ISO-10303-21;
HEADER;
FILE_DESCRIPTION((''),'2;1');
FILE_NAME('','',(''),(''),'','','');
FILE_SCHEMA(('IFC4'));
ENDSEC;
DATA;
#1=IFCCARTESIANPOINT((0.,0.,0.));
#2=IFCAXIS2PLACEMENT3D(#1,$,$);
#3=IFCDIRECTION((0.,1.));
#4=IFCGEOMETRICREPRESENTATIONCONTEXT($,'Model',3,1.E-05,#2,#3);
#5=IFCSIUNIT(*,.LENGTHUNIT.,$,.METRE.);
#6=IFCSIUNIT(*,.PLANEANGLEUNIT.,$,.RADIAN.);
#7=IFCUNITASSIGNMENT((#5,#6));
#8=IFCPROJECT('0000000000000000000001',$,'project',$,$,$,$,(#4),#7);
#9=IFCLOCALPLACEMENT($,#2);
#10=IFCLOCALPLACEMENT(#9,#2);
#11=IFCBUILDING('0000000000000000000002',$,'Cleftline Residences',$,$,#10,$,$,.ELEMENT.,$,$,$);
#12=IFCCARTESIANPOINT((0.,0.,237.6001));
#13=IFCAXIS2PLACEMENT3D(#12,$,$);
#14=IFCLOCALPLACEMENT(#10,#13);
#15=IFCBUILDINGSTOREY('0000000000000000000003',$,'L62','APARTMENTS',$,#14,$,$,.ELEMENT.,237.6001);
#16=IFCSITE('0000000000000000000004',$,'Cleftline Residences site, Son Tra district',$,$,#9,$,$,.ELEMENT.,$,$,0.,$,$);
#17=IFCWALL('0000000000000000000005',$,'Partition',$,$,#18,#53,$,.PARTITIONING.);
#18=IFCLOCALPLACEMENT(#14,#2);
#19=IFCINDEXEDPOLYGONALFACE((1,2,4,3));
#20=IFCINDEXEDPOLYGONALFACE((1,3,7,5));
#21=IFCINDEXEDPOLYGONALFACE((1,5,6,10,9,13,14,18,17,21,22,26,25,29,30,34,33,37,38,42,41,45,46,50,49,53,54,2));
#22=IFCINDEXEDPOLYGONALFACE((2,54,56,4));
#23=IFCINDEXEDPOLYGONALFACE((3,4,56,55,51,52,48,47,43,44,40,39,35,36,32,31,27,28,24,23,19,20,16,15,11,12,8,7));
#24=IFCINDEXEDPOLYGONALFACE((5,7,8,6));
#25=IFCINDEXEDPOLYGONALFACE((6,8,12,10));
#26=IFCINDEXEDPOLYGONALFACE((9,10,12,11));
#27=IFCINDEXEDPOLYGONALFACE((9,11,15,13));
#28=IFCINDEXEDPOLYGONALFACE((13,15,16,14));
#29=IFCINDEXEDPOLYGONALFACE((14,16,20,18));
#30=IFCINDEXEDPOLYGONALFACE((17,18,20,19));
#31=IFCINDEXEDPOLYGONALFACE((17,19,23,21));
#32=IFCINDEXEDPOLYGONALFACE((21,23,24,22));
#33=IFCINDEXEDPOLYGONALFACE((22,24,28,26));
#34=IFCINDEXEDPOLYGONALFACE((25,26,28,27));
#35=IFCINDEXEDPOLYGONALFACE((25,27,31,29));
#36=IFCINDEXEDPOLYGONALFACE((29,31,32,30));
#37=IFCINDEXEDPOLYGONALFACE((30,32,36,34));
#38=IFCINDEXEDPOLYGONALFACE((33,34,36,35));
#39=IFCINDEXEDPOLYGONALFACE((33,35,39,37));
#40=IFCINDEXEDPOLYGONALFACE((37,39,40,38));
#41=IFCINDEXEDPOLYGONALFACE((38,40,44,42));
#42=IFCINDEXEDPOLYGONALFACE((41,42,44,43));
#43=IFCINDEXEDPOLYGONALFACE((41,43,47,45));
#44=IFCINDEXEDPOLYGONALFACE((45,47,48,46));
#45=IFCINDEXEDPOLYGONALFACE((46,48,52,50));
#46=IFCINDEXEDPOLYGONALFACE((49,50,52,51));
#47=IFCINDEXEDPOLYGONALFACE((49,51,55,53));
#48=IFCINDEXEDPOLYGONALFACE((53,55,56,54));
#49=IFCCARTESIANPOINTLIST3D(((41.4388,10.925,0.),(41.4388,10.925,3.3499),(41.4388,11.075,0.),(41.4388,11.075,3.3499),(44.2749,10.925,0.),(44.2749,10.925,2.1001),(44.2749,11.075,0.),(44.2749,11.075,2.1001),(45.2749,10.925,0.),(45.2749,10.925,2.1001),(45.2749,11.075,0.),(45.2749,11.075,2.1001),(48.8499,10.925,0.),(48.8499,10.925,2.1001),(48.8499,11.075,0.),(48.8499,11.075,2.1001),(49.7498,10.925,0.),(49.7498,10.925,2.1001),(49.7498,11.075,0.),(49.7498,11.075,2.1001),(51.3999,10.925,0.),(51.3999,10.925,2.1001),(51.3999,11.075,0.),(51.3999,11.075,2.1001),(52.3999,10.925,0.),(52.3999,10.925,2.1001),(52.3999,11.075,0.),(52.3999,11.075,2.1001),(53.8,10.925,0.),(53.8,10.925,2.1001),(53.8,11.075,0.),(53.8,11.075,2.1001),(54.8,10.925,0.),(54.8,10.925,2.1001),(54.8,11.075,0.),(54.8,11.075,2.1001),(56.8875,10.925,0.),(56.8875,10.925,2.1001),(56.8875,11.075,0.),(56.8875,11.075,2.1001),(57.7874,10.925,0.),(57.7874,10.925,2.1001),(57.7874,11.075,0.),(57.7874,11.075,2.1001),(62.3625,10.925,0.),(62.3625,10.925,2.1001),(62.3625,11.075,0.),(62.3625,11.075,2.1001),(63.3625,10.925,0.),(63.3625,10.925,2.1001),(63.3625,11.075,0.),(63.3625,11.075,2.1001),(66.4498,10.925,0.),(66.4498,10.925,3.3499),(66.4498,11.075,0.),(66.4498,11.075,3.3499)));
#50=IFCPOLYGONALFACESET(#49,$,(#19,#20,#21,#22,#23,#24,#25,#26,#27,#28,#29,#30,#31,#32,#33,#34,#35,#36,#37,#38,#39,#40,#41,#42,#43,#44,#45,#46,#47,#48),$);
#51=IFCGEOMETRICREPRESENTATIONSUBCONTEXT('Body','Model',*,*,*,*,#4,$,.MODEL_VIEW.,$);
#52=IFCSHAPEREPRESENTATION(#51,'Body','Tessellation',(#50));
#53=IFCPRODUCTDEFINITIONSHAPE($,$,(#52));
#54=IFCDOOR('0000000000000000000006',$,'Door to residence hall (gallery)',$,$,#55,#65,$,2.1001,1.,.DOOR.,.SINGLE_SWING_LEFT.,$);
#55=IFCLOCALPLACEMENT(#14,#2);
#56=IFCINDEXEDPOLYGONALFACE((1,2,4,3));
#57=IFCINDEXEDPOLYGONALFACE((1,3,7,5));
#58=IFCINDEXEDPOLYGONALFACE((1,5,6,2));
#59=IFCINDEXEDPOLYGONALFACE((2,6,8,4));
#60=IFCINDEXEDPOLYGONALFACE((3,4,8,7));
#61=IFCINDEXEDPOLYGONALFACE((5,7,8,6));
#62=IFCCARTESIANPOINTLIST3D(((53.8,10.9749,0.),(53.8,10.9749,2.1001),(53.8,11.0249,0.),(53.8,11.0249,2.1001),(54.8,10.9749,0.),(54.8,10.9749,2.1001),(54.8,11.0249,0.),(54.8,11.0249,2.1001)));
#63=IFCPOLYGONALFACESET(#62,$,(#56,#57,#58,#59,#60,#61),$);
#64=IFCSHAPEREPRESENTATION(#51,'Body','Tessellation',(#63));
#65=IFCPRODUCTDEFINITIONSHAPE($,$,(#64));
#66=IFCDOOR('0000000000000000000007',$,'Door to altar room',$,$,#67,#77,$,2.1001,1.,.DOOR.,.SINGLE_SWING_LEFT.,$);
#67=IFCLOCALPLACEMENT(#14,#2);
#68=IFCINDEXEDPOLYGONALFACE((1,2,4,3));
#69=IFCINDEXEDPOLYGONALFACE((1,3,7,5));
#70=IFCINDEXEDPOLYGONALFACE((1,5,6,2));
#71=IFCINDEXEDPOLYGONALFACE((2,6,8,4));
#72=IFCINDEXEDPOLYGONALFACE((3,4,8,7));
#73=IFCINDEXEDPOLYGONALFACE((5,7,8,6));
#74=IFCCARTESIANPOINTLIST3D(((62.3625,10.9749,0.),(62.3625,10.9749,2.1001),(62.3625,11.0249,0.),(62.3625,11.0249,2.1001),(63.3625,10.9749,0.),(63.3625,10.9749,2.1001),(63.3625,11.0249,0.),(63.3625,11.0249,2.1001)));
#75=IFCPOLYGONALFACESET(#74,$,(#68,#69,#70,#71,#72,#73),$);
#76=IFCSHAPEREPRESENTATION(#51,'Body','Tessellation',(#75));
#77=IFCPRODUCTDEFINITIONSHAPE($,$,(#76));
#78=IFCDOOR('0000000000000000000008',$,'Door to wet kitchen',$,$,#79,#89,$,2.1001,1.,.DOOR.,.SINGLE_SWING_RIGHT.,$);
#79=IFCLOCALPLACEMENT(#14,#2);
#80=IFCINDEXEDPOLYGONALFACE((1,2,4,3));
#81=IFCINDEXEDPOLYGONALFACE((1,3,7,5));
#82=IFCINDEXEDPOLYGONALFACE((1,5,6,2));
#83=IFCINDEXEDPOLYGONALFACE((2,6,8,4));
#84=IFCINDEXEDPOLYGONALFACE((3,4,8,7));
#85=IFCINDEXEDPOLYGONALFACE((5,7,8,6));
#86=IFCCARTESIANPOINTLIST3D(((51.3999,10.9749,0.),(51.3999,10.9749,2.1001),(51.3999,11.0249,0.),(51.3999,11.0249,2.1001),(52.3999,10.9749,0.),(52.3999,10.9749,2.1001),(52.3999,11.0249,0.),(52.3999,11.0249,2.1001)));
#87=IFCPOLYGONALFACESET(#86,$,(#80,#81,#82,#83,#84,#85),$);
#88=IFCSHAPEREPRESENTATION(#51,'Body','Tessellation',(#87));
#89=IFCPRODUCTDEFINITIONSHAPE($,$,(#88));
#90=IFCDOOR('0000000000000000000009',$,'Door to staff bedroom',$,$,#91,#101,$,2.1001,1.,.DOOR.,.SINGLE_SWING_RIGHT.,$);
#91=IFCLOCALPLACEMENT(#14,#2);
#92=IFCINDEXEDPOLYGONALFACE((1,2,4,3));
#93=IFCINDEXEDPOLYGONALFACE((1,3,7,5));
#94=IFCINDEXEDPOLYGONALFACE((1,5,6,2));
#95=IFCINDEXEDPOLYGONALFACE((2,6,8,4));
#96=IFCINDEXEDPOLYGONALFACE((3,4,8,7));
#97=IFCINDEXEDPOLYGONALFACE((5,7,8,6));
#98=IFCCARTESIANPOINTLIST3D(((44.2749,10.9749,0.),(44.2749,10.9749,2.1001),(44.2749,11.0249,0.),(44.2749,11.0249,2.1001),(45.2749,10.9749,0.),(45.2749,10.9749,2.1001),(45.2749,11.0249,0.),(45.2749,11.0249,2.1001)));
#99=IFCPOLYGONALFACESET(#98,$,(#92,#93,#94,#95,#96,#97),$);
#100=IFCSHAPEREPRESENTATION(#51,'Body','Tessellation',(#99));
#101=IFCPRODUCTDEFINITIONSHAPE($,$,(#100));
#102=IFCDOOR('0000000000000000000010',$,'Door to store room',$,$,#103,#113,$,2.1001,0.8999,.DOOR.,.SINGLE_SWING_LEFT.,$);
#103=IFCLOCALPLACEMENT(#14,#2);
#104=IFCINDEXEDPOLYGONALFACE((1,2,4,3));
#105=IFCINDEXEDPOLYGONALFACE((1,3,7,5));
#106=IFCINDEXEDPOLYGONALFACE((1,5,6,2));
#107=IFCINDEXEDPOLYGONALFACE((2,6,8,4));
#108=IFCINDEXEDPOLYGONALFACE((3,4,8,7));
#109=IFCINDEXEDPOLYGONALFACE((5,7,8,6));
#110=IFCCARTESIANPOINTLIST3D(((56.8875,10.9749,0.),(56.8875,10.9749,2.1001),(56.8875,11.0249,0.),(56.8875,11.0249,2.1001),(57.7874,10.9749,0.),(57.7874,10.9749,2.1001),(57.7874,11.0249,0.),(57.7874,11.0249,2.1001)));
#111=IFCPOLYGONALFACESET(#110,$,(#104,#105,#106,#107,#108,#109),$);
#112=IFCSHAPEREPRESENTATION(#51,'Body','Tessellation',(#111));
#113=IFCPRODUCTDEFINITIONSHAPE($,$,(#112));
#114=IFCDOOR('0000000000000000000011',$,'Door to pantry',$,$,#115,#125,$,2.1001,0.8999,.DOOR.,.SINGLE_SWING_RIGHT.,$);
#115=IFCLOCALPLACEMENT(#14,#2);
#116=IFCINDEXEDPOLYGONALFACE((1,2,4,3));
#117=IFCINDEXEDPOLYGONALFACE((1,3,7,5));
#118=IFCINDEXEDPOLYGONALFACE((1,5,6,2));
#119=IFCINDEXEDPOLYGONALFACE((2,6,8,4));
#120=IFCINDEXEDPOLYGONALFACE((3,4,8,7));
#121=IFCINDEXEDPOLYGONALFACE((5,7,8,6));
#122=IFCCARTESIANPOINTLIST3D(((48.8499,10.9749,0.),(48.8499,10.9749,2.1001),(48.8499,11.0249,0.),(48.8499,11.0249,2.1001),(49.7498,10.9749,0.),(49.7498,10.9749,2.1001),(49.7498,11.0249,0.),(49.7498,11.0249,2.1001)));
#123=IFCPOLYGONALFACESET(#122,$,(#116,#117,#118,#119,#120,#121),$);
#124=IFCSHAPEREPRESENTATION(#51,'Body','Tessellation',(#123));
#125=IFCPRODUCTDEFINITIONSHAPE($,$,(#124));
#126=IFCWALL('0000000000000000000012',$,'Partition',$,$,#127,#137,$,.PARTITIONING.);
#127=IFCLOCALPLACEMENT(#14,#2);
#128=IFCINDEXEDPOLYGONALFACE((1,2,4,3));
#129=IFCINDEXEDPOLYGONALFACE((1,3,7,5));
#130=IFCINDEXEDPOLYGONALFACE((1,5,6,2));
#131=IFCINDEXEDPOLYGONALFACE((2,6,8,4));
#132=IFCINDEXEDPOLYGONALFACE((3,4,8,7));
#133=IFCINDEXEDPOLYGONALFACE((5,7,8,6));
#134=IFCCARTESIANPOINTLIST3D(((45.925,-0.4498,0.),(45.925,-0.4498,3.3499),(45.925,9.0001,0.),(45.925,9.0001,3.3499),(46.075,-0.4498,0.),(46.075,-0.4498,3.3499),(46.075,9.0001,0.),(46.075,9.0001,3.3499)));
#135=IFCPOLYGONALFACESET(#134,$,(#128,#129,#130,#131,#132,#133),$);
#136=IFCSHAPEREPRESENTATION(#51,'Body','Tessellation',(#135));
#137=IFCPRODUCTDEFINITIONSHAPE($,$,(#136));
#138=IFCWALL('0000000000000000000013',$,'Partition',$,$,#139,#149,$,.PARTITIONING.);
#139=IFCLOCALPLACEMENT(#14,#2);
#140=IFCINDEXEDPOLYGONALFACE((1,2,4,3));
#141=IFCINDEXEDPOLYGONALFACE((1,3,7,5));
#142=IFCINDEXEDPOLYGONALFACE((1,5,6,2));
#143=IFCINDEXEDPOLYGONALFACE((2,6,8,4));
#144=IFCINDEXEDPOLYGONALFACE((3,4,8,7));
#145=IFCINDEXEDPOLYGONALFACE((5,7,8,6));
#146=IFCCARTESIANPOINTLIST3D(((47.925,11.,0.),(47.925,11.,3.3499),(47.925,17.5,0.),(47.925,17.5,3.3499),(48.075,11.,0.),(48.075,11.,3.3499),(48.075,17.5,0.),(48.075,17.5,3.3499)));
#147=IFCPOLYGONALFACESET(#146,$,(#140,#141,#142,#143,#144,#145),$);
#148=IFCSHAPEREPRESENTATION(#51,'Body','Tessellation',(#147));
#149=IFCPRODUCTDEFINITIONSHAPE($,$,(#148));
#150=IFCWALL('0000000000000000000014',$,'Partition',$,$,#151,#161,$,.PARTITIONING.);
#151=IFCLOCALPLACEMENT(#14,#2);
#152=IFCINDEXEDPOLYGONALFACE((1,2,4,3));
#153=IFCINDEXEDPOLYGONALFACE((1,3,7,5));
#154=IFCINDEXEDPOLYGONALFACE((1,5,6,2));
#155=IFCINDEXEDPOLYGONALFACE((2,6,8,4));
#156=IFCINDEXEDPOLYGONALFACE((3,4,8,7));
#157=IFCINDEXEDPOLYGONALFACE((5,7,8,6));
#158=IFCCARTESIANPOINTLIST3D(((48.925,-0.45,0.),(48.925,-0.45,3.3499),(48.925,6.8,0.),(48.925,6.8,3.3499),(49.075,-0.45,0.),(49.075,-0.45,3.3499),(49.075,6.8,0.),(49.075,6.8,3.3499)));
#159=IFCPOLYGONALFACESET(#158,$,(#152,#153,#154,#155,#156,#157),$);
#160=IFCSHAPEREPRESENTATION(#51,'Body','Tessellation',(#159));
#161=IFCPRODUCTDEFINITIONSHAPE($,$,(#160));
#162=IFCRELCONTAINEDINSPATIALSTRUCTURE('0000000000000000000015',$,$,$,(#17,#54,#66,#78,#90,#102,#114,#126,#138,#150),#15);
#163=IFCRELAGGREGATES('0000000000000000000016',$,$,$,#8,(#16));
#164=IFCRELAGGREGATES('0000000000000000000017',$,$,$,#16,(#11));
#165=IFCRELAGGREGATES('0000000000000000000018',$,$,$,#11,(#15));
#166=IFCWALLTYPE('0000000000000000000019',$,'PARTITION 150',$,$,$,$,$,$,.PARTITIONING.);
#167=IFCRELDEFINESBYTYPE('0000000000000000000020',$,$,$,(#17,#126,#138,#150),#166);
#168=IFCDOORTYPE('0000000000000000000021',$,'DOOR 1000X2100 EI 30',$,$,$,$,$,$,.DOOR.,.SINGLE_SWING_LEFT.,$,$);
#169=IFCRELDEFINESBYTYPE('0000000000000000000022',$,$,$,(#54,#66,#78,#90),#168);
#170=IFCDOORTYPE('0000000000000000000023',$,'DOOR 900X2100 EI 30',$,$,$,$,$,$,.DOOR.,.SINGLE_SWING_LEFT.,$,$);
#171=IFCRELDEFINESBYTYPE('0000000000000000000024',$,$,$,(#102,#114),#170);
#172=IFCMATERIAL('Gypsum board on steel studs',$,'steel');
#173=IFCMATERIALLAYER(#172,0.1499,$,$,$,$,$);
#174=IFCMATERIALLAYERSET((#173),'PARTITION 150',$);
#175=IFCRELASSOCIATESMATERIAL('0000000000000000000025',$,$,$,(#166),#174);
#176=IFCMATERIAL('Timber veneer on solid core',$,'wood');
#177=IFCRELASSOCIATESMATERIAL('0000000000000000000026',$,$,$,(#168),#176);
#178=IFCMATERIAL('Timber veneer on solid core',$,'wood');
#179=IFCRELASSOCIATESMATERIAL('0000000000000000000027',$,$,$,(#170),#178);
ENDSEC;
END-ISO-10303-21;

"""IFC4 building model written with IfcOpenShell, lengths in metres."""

from ifc_helpers import new_model, si_unit, direction, frame, frame_2d, origin, place, context, subcontext, project, spatial, rectangle, extrude, material, layer, layer_set, type_object, element, fill, save


model = new_model("IFC4")

# Units and contexts
model_context = context("Model", 3, precision=1e-05, world=origin(), true_north=direction((0.0, 1.0)))
body_context = subcontext(model_context, "Body", "Model", "MODEL_VIEW")
ifc_project = project(units=[si_unit("LENGTHUNIT", "METRE"), si_unit("PLANEANGLEUNIT", "RADIAN")], contexts=[model_context])

# Site, building, storey
site_placement = place(None, origin())
site = spatial("IfcSite", under=ifc_project, at=site_placement, Name="Cleftline Residences site, Son Tra district", CompositionType="ELEMENT", RefElevation=0.0)
building_placement = place(site_placement, origin())
building = spatial("IfcBuilding", under=site, at=building_placement, Name="Cleftline Residences", CompositionType="ELEMENT")
storey_placement = place(building_placement, frame((0.0, 0.0, 237.6001)))
storey = spatial("IfcBuildingStorey", under=building, at=storey_placement, Name="L62", Description="APARTMENTS", CompositionType="ELEMENT", Elevation=237.6001)

# Wall, openings, doors
ifc_material_1 = material(Name="Gypsum board on steel studs", Category="steel")
ifc_layer_1 = layer(ifc_material_1, 0.1499)
ifc_layer_set_1 = layer_set([ifc_layer_1], Name="PARTITION 150")
wall_type_1 = type_object("IfcWallType", Name="PARTITION 150", PredefinedType="PARTITIONING", material=ifc_layer_set_1)
wall_1_placement = place(storey_placement, frame((41.439, 11.0, 0.0), z_axis=(0.0, 0.0, 1.0), x_axis=(1.0, 0.0, 0.0)))
wall_1 = element("IfcWall", 1, at=wall_1_placement, inside=storey, type_object=wall_type_1, Name="Partition", PredefinedType="PARTITIONING", context=body_context, shape_type="SweptSolid", body=[
    extrude(rectangle(XDim=25.011, YDim=0.1499, at=frame_2d((12.5054, 0.0))), origin(), (0.0, 0.0, 1.0), 3.3499),
])
opening_1_placement = place(wall_1_placement, frame((12.3611, 0.0, 0.0)))
opening_1 = element("IfcOpeningElement", 2, at=opening_1_placement, cuts=wall_1, PredefinedType="OPENING", context=body_context, shape_type="SweptSolid", body=[
    extrude(rectangle(XDim=1.0, YDim=2.1001, at=frame_2d((0.5, 1.05))), frame((0.0, 0.085, 0.0), z_axis=(0.0, -1.0, 0.0), x_axis=(1.0, 0.0, 0.0)), (0.0, 0.0, 1.0), 0.1699),
])
opening_2_placement = place(wall_1_placement, frame((20.9236, 0.0, 0.0)))
opening_2 = element("IfcOpeningElement", 3, at=opening_2_placement, cuts=wall_1, PredefinedType="OPENING", context=body_context, shape_type="SweptSolid", body=[
    extrude(rectangle(XDim=1.0, YDim=2.1001, at=frame_2d((0.5, 1.05))), frame((0.0, 0.085, 0.0), z_axis=(0.0, -1.0, 0.0), x_axis=(1.0, 0.0, 0.0)), (0.0, 0.0, 1.0), 0.1699),
])
opening_3_placement = place(wall_1_placement, frame((15.4485, 0.0, 0.0)))
opening_3 = element("IfcOpeningElement", 4, at=opening_3_placement, cuts=wall_1, PredefinedType="OPENING", context=body_context, shape_type="SweptSolid", body=[
    extrude(rectangle(XDim=0.8999, YDim=2.1001, at=frame_2d((0.45, 1.05))), frame((0.0, 0.085, 0.0), z_axis=(0.0, -1.0, 0.0), x_axis=(1.0, 0.0, 0.0)), (0.0, 0.0, 1.0), 0.1699),
])
opening_4_placement = place(wall_1_placement, frame((9.9609, 0.0, 0.0)))
opening_4 = element("IfcOpeningElement", 5, at=opening_4_placement, cuts=wall_1, PredefinedType="OPENING", context=body_context, shape_type="SweptSolid", body=[
    extrude(rectangle(XDim=1.0, YDim=2.1001, at=frame_2d((0.5, 1.05))), frame((0.0, 0.085, 0.0), z_axis=(0.0, -1.0, 0.0), x_axis=(1.0, 0.0, 0.0)), (0.0, 0.0, 1.0), 0.1699),
])
opening_5_placement = place(wall_1_placement, frame((7.4109, 0.0, 0.0)))
opening_5 = element("IfcOpeningElement", 6, at=opening_5_placement, cuts=wall_1, PredefinedType="OPENING", context=body_context, shape_type="SweptSolid", body=[
    extrude(rectangle(XDim=0.8999, YDim=2.1001, at=frame_2d((0.45, 1.05))), frame((0.0, 0.085, 0.0), z_axis=(0.0, -1.0, 0.0), x_axis=(1.0, 0.0, 0.0)), (0.0, 0.0, 1.0), 0.1699),
])
opening_6_placement = place(wall_1_placement, frame((2.8359, 0.0, 0.0)))
opening_6 = element("IfcOpeningElement", 7, at=opening_6_placement, cuts=wall_1, PredefinedType="OPENING", context=body_context, shape_type="SweptSolid", body=[
    extrude(rectangle(XDim=1.0, YDim=2.1001, at=frame_2d((0.5, 1.05))), frame((0.0, 0.085, 0.0), z_axis=(0.0, -1.0, 0.0), x_axis=(1.0, 0.0, 0.0)), (0.0, 0.0, 1.0), 0.1699),
])
ifc_material_2 = material(Name="Timber veneer on solid core", Category="wood")
door_type_1 = type_object("IfcDoorType", Name="DOOR 1000X2100 EI 30", OperationType="SINGLE_SWING_LEFT", PredefinedType="DOOR", material=ifc_material_2)
door_1_placement = place(opening_1_placement, origin())
door_1 = element("IfcDoor", 8, at=door_1_placement, inside=storey, type_object=door_type_1, Name="Door to residence hall (gallery)", OperationType="SINGLE_SWING_LEFT", OverallHeight=2.1001, OverallWidth=1.0, PredefinedType="DOOR", context=body_context, shape_type="SweptSolid", body=[
    extrude(rectangle(XDim=1.0, YDim=2.1001, at=frame_2d((0.5, 1.05))), frame((0.0, 0.0249, 0.0), z_axis=(0.0, -1.0, 0.0), x_axis=(1.0, 0.0, 0.0)), (0.0, 0.0, 1.0), 0.05),
])
fill(opening_1, door_1)
door_2_placement = place(opening_2_placement, origin())
door_2 = element("IfcDoor", 9, at=door_2_placement, inside=storey, type_object=door_type_1, Name="Door to altar room", OperationType="SINGLE_SWING_LEFT", OverallHeight=2.1001, OverallWidth=1.0, PredefinedType="DOOR", context=body_context, shape_type="SweptSolid", body=[
    extrude(rectangle(XDim=1.0, YDim=2.1001, at=frame_2d((0.5, 1.05))), frame((0.0, 0.0249, 0.0), z_axis=(0.0, -1.0, 0.0), x_axis=(1.0, 0.0, 0.0)), (0.0, 0.0, 1.0), 0.05),
])
fill(opening_2, door_2)
door_3_placement = place(opening_4_placement, origin())
door_3 = element("IfcDoor", 10, at=door_3_placement, inside=storey, type_object=door_type_1, Name="Door to wet kitchen", OperationType="SINGLE_SWING_RIGHT", OverallHeight=2.1001, OverallWidth=1.0, PredefinedType="DOOR", context=body_context, shape_type="SweptSolid", body=[
    extrude(rectangle(XDim=1.0, YDim=2.1001, at=frame_2d((0.5, 1.05))), frame((0.0, 0.0249, 0.0), z_axis=(0.0, -1.0, 0.0), x_axis=(1.0, 0.0, 0.0)), (0.0, 0.0, 1.0), 0.05),
])
fill(opening_4, door_3)
door_4_placement = place(opening_6_placement, origin())
door_4 = element("IfcDoor", 11, at=door_4_placement, inside=storey, type_object=door_type_1, Name="Door to staff bedroom", OperationType="SINGLE_SWING_RIGHT", OverallHeight=2.1001, OverallWidth=1.0, PredefinedType="DOOR", context=body_context, shape_type="SweptSolid", body=[
    extrude(rectangle(XDim=1.0, YDim=2.1001, at=frame_2d((0.5, 1.05))), frame((0.0, 0.0249, 0.0), z_axis=(0.0, -1.0, 0.0), x_axis=(1.0, 0.0, 0.0)), (0.0, 0.0, 1.0), 0.05),
])
fill(opening_6, door_4)
ifc_material_3 = material(Name="Timber veneer on solid core", Category="wood")
door_type_2 = type_object("IfcDoorType", Name="DOOR 900X2100 EI 30", OperationType="SINGLE_SWING_LEFT", PredefinedType="DOOR", material=ifc_material_3)
door_5_placement = place(opening_3_placement, origin())
door_5 = element("IfcDoor", 12, at=door_5_placement, inside=storey, type_object=door_type_2, Name="Door to store room", OperationType="SINGLE_SWING_LEFT", OverallHeight=2.1001, OverallWidth=0.8999, PredefinedType="DOOR", context=body_context, shape_type="SweptSolid", body=[
    extrude(rectangle(XDim=0.8999, YDim=2.1001, at=frame_2d((0.45, 1.05))), frame((0.0, 0.0249, 0.0), z_axis=(0.0, -1.0, 0.0), x_axis=(1.0, 0.0, 0.0)), (0.0, 0.0, 1.0), 0.05),
])
fill(opening_3, door_5)
door_6_placement = place(opening_5_placement, origin())
door_6 = element("IfcDoor", 13, at=door_6_placement, inside=storey, type_object=door_type_2, Name="Door to pantry", OperationType="SINGLE_SWING_RIGHT", OverallHeight=2.1001, OverallWidth=0.8999, PredefinedType="DOOR", context=body_context, shape_type="SweptSolid", body=[
    extrude(rectangle(XDim=0.8999, YDim=2.1001, at=frame_2d((0.45, 1.05))), frame((0.0, 0.0249, 0.0), z_axis=(0.0, -1.0, 0.0), x_axis=(1.0, 0.0, 0.0)), (0.0, 0.0, 1.0), 0.05),
])
fill(opening_5, door_6)

# Walls
wall_2_placement = place(storey_placement, frame((46.0, -0.45, 0.0), z_axis=(0.0, 0.0, 1.0), x_axis=(0.0, 1.0, 0.0)))
element("IfcWall", 14, at=wall_2_placement, inside=storey, type_object=wall_type_1, Name="Partition", PredefinedType="PARTITIONING", context=body_context, shape_type="SweptSolid", body=[
    extrude(rectangle(XDim=9.45, YDim=0.1499, at=frame_2d((4.7251, 0.0))), origin(), (0.0, 0.0, 1.0), 3.3499),
])
wall_3_placement = place(storey_placement, frame((48.0, 11.0, 0.0), z_axis=(0.0, 0.0, 1.0), x_axis=(0.0, 1.0, 0.0)))
element("IfcWall", 15, at=wall_3_placement, inside=storey, type_object=wall_type_1, Name="Partition", PredefinedType="PARTITIONING", context=body_context, shape_type="SweptSolid", body=[
    extrude(rectangle(XDim=6.5, YDim=0.1499, at=frame_2d((3.25, 0.0))), origin(), (0.0, 0.0, 1.0), 3.3499),
])
wall_4_placement = place(storey_placement, frame((49.0, -0.45, 0.0), z_axis=(0.0, 0.0, 1.0), x_axis=(0.0, 1.0, 0.0)))
element("IfcWall", 16, at=wall_4_placement, inside=storey, type_object=wall_type_1, Name="Partition", PredefinedType="PARTITIONING", context=body_context, shape_type="SweptSolid", body=[
    extrude(rectangle(XDim=7.25, YDim=0.1499, at=frame_2d((3.625, 0.0))), origin(), (0.0, 0.0, 1.0), 3.3499),
])

save(model, "model.ifc")
